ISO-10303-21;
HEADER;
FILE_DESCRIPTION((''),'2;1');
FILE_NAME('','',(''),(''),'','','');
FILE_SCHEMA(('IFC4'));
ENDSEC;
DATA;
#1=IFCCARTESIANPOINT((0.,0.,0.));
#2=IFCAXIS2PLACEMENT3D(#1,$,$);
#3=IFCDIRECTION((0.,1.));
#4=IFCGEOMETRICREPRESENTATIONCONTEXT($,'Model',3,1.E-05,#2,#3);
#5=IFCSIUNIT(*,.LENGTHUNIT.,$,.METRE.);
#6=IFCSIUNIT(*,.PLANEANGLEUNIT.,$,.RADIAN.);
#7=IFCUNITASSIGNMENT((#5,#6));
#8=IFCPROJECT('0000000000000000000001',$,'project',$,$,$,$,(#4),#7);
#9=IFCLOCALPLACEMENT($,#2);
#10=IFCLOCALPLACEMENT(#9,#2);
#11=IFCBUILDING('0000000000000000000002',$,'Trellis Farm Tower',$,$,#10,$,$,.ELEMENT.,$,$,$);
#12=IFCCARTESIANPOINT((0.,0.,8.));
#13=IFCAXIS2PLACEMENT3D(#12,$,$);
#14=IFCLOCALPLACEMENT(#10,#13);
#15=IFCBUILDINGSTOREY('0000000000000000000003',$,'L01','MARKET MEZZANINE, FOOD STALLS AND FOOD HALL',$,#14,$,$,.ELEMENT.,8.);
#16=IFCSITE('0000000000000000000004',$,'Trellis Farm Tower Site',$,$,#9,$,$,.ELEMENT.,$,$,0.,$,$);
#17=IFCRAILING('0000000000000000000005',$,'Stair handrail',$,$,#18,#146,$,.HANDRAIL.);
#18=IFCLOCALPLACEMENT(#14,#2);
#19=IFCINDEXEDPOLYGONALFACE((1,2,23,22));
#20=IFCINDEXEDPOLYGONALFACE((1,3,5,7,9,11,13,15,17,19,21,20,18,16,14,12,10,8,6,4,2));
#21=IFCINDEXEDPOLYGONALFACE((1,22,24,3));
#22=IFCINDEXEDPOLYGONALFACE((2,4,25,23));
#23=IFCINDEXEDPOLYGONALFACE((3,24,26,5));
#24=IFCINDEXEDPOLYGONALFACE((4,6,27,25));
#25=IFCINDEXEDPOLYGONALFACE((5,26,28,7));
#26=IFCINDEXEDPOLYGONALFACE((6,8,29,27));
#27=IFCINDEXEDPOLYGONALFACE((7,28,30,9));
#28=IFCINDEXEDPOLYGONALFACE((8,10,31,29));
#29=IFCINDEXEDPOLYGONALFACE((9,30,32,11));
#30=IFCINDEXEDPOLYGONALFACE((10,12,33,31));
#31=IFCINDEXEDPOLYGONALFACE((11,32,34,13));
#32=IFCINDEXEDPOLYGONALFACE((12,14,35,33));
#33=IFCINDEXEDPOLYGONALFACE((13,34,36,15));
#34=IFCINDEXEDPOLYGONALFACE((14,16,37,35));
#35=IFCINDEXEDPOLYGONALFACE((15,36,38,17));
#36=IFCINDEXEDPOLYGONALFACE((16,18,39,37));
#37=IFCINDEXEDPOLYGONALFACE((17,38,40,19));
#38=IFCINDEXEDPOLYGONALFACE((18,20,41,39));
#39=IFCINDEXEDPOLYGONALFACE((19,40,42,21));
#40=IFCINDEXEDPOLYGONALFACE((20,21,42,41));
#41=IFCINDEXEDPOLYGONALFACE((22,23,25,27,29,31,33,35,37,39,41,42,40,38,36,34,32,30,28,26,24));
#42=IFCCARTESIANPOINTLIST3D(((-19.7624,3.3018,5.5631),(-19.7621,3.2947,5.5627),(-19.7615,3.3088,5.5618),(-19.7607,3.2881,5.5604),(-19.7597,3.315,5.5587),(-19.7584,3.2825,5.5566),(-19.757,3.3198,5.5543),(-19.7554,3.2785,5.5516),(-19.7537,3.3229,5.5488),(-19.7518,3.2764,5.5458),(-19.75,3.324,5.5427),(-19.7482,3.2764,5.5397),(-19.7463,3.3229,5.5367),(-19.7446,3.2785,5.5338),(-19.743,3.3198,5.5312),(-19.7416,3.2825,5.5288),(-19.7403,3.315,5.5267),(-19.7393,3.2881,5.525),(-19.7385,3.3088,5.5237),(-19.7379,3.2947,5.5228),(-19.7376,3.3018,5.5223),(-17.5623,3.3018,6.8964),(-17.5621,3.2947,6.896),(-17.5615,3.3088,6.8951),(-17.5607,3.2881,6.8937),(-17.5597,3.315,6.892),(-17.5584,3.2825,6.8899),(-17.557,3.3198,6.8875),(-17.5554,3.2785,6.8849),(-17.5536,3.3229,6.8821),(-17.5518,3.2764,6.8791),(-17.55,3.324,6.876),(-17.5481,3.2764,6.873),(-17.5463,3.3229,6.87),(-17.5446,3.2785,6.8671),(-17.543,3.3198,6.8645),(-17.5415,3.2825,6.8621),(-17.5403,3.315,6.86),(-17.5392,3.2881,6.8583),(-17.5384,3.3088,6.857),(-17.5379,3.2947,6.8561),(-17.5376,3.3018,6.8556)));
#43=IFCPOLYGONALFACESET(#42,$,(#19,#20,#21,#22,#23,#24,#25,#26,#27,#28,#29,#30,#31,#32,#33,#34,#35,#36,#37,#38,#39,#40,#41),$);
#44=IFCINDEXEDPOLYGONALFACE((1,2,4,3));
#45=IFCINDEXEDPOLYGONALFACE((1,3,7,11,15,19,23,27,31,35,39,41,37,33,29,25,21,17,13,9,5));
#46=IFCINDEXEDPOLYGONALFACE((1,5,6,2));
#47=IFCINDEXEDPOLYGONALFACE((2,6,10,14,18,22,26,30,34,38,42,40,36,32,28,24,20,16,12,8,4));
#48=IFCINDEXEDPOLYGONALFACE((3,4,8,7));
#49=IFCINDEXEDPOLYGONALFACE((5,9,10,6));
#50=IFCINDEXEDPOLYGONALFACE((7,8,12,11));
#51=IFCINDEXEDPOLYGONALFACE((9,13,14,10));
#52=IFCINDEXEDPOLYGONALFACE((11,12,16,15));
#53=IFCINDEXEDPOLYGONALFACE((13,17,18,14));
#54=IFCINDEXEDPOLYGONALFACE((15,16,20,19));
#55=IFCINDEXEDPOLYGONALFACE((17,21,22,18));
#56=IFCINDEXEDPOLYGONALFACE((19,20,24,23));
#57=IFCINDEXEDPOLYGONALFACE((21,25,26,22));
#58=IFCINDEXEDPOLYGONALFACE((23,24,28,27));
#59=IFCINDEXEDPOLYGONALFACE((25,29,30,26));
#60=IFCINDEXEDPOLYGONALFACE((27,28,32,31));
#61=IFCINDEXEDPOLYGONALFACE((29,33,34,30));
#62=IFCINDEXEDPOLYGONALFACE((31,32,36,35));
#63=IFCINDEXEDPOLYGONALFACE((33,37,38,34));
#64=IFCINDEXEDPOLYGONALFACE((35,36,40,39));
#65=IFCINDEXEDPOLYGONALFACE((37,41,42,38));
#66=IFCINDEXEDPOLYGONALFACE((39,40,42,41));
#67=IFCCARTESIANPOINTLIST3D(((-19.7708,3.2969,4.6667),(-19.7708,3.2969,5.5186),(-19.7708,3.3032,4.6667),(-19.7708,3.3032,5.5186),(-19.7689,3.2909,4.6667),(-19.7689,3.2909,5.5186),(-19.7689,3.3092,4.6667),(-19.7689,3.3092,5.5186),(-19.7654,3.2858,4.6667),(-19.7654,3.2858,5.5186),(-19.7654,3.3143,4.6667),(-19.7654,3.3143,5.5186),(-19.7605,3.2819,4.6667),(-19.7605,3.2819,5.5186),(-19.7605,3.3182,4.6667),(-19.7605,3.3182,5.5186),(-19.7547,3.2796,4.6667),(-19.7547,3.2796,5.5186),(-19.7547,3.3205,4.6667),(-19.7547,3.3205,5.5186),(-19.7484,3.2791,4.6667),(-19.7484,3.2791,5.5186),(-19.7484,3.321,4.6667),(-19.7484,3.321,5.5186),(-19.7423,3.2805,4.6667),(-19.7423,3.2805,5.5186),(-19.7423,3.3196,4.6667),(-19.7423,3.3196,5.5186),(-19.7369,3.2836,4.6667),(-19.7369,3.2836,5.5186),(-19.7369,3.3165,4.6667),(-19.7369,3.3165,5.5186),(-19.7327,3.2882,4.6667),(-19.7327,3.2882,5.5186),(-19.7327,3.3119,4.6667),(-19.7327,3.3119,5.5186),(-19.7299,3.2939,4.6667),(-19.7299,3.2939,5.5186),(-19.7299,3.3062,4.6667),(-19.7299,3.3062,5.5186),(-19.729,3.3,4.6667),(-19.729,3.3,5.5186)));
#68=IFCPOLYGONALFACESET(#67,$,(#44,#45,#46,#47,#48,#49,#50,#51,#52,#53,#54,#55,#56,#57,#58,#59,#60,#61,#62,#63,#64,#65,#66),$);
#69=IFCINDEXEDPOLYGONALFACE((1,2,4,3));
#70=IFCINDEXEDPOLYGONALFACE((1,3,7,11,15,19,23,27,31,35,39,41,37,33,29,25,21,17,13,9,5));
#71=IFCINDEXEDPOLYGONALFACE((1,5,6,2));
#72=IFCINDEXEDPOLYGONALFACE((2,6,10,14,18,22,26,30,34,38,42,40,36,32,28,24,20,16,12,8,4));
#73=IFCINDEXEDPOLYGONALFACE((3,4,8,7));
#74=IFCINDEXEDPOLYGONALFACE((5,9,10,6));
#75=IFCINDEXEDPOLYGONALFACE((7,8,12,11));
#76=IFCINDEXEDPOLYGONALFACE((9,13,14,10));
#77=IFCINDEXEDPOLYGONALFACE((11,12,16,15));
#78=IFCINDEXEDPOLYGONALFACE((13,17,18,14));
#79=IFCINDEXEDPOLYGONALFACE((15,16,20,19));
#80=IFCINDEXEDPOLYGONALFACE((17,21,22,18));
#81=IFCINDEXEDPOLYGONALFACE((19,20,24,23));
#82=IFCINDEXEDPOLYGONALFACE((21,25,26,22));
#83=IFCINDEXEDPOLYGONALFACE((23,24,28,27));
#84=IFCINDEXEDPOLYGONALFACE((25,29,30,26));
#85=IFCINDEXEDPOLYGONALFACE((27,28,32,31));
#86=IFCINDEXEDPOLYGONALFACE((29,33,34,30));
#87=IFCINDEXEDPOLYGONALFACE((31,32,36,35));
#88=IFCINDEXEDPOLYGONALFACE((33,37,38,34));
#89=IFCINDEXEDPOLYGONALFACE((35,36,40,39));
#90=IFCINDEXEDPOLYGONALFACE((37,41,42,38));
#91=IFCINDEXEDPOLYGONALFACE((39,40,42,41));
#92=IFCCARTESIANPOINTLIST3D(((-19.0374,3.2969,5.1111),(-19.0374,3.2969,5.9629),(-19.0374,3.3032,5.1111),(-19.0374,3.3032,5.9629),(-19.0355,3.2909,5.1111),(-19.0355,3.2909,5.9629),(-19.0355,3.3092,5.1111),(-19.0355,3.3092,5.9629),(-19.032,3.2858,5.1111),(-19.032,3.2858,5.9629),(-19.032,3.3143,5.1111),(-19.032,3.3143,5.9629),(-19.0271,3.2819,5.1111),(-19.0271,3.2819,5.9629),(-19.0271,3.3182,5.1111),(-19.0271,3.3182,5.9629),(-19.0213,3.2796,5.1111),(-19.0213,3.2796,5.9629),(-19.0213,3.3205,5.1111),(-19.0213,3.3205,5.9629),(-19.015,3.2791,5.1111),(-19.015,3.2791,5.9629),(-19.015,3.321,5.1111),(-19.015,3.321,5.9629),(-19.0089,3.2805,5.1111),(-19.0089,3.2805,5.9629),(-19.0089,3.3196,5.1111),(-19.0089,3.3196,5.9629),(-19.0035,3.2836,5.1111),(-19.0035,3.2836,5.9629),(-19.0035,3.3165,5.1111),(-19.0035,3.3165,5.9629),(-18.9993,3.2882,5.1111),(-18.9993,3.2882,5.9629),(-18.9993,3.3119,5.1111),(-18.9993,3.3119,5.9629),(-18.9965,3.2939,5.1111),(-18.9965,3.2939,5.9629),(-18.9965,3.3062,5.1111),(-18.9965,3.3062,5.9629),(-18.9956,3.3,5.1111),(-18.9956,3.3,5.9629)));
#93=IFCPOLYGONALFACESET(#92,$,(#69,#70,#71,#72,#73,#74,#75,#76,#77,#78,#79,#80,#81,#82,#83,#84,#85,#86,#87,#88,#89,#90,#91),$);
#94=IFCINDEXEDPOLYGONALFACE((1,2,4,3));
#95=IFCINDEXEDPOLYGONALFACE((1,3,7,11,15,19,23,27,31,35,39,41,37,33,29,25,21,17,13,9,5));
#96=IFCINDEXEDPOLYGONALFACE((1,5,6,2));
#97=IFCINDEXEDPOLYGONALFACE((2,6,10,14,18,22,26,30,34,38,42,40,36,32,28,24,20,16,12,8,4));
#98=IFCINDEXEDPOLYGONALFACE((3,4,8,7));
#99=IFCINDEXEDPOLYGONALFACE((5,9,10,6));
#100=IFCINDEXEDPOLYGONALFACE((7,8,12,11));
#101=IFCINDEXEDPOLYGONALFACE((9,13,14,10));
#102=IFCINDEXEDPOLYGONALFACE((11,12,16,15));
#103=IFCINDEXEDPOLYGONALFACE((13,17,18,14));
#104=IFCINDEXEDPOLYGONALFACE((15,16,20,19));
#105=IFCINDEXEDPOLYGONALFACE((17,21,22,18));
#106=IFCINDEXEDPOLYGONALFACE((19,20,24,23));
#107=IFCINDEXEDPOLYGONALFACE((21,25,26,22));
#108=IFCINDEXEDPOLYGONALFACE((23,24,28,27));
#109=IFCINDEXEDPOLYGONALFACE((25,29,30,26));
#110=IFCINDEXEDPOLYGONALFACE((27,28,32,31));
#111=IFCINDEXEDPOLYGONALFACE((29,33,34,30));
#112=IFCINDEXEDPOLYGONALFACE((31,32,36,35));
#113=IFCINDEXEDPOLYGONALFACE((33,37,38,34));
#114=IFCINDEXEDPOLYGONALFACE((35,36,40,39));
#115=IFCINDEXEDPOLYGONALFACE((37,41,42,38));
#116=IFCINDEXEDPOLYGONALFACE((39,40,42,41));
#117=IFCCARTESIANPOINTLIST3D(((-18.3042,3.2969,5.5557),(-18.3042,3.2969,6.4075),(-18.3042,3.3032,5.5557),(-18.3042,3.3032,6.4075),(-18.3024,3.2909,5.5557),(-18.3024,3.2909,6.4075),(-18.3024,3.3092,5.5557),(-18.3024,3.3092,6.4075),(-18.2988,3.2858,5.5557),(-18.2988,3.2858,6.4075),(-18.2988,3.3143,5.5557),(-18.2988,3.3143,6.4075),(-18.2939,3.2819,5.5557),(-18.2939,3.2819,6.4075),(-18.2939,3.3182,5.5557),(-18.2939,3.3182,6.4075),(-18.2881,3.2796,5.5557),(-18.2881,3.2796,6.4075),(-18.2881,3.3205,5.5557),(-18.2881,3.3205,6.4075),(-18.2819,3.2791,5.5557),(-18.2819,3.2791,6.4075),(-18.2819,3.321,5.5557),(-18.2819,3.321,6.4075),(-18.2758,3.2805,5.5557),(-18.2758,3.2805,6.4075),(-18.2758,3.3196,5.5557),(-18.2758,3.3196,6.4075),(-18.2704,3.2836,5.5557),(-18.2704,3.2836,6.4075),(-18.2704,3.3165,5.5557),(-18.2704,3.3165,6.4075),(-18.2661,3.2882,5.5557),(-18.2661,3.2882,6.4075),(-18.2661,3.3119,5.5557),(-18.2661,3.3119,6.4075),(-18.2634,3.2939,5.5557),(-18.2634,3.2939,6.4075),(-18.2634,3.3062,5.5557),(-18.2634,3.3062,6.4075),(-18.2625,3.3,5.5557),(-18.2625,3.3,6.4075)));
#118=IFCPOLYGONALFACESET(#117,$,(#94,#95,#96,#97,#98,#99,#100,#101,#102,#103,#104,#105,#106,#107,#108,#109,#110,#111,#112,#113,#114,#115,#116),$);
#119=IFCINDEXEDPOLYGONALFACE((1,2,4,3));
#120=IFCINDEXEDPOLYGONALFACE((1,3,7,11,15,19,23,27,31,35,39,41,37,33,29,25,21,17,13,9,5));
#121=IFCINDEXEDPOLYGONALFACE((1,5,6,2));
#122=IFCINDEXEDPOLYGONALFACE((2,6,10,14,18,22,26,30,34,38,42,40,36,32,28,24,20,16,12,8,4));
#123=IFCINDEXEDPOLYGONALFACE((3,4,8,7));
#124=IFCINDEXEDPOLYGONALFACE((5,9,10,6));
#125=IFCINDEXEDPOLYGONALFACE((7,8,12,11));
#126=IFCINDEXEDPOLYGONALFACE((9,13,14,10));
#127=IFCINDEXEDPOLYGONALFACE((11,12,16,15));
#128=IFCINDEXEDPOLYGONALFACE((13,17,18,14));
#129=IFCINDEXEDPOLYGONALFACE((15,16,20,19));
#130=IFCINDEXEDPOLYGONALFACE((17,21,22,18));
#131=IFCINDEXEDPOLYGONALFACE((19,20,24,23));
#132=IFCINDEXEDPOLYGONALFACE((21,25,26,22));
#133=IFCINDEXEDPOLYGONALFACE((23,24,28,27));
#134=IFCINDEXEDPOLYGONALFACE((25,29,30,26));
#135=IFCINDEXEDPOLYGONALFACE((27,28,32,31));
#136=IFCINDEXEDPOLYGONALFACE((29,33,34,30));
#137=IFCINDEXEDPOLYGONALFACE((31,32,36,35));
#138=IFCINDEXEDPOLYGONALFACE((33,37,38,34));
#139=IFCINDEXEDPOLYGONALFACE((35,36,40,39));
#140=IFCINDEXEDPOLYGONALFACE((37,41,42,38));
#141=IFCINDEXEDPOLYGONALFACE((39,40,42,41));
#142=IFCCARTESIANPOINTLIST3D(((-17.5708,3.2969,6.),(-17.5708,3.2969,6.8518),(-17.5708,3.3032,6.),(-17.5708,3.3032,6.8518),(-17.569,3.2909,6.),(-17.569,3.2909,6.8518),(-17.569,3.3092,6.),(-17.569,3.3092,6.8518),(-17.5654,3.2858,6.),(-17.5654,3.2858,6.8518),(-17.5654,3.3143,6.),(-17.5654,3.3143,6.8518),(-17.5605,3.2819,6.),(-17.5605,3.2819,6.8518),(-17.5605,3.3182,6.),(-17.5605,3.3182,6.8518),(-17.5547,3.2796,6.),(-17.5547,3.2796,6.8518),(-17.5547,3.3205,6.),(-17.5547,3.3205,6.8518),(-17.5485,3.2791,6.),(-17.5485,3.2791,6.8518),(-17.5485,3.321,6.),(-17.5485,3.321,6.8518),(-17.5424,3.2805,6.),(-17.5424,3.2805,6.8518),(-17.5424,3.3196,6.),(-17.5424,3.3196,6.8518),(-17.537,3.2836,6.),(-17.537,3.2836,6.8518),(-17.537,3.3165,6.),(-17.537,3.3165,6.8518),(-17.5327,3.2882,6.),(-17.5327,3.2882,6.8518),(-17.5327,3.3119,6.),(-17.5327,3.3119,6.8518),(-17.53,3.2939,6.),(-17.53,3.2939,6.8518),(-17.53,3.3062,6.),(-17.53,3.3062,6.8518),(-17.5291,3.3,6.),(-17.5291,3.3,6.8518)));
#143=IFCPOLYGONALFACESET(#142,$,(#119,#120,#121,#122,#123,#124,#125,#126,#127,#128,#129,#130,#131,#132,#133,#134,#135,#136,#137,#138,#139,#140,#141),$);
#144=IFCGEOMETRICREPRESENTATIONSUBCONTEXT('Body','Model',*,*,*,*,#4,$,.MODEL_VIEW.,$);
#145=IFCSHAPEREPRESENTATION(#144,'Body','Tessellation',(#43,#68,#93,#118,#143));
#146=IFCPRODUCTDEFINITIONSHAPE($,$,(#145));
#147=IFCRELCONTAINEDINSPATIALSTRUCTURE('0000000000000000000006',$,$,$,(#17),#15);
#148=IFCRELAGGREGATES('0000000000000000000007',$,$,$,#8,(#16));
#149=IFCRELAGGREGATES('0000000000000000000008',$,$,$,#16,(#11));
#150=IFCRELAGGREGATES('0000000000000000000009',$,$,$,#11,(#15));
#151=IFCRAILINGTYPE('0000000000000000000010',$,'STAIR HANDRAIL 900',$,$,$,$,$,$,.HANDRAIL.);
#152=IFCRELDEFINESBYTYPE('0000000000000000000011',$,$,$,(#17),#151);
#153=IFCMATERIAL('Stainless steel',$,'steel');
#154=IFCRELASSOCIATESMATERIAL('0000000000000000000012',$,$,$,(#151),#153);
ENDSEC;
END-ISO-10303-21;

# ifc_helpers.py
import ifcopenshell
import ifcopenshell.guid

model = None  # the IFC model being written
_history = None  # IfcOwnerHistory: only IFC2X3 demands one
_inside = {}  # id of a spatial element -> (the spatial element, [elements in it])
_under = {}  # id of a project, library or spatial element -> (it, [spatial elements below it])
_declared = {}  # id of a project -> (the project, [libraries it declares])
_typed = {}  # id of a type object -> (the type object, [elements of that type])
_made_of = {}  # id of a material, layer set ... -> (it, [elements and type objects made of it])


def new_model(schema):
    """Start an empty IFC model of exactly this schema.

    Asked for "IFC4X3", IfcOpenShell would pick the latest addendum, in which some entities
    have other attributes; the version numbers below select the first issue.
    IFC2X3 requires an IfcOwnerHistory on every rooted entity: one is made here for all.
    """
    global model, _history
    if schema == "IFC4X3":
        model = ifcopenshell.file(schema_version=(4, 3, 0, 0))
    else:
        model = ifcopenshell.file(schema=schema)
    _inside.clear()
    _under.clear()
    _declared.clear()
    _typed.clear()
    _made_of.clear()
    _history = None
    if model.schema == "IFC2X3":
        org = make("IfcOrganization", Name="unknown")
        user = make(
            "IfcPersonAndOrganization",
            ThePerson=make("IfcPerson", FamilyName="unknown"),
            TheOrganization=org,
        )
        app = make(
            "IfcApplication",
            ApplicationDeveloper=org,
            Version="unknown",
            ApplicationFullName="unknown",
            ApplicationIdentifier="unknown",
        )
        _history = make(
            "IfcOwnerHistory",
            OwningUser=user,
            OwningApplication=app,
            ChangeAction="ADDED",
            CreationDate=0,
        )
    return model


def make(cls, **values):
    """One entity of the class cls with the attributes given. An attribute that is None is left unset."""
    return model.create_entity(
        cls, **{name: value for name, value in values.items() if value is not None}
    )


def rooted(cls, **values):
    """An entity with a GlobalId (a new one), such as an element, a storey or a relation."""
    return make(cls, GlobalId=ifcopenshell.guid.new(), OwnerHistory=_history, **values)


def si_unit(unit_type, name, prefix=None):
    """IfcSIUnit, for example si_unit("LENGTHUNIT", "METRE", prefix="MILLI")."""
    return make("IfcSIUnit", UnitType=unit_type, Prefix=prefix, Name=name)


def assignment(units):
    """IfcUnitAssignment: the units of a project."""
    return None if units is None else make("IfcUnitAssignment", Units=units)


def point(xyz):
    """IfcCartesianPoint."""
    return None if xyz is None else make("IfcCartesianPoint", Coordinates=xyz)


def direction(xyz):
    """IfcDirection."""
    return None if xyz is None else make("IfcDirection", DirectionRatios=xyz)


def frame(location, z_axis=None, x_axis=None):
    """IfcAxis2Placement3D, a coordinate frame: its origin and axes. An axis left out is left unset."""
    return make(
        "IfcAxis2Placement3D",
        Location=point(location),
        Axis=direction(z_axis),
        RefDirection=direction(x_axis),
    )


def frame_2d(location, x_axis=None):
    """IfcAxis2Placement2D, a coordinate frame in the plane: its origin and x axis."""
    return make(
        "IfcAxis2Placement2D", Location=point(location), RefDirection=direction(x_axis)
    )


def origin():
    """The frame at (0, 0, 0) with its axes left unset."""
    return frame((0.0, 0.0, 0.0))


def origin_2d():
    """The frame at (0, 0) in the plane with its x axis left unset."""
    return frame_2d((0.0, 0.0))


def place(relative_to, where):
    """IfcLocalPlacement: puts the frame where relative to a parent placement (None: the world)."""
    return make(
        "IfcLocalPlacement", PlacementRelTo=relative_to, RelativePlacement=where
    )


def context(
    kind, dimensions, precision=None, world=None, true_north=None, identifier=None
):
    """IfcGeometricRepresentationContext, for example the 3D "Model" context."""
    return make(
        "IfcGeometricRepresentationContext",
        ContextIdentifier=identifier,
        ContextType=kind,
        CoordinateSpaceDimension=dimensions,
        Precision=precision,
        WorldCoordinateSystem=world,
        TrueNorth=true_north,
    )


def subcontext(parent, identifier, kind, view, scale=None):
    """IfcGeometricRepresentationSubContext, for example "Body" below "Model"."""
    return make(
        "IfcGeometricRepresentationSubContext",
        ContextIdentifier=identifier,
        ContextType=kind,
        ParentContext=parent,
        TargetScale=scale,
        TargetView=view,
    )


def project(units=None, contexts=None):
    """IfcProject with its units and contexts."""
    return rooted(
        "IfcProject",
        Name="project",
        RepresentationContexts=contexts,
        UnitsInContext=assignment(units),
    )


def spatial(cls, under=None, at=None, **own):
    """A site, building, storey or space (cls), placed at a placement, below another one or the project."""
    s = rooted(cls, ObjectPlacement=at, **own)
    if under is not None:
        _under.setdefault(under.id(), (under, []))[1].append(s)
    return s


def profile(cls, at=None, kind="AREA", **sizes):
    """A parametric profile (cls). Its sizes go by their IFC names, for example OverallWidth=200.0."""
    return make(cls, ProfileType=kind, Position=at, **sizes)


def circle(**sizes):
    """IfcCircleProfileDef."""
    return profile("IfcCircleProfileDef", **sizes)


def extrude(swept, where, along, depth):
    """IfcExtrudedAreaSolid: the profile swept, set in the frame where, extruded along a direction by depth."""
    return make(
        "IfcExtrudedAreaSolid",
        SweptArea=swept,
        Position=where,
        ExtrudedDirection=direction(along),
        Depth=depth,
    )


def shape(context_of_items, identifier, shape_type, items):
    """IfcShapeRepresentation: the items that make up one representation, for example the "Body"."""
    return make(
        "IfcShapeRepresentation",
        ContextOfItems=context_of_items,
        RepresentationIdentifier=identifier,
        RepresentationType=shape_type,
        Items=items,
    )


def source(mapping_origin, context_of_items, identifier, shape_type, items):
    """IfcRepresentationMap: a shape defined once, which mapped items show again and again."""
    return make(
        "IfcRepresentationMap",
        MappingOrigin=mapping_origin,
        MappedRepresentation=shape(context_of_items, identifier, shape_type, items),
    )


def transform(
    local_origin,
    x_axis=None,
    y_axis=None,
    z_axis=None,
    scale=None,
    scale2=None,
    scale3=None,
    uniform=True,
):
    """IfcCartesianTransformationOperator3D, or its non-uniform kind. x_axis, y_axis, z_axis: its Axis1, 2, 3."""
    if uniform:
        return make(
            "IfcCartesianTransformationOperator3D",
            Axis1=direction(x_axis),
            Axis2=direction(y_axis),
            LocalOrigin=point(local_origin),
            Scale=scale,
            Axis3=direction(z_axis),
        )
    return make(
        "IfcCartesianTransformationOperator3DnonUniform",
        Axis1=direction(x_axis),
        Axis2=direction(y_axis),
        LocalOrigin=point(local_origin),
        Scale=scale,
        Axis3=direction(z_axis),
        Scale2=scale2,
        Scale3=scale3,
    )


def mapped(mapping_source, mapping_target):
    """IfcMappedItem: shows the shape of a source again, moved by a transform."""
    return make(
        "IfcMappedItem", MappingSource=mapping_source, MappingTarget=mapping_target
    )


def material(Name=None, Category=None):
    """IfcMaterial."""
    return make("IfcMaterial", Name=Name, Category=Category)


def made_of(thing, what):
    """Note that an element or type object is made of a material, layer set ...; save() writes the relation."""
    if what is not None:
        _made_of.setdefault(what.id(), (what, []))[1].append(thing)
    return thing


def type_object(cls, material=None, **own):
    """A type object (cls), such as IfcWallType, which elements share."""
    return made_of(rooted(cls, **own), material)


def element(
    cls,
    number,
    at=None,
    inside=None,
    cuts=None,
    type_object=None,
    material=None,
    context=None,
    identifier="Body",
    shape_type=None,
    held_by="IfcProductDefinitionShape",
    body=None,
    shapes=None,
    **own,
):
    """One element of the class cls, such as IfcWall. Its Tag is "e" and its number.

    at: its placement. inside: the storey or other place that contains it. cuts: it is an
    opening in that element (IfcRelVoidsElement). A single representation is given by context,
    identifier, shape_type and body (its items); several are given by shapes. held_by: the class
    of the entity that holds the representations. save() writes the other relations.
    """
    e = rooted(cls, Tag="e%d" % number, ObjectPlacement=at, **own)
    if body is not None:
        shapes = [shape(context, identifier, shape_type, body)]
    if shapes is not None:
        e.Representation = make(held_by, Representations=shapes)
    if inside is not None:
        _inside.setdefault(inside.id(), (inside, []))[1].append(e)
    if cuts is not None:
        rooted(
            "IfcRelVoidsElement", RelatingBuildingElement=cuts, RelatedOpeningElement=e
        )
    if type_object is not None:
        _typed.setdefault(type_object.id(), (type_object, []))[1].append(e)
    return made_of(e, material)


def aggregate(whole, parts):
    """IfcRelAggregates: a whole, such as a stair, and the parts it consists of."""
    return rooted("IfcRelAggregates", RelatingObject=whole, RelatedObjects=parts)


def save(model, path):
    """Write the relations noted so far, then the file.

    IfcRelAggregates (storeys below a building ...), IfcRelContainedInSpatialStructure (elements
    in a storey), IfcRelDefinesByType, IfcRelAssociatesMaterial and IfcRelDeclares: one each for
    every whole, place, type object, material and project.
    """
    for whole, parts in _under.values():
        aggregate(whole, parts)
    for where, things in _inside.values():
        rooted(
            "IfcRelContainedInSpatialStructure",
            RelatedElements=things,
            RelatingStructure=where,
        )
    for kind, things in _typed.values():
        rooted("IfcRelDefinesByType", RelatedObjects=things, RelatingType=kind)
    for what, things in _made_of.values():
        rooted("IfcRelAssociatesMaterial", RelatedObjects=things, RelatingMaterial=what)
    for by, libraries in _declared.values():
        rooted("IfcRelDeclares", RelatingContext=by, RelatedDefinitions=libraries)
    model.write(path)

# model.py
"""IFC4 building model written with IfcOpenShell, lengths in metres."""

from ifc_helpers import new_model, si_unit, direction, frame, origin, origin_2d, place, context, subcontext, project, spatial, circle, extrude, source, transform, mapped, material, type_object, element, save


model = new_model("IFC4")

# Units and contexts
model_context = context("Model", 3, precision=1e-05, world=origin(), true_north=direction((0.0, 1.0)))
body_context = subcontext(model_context, "Body", "Model", "MODEL_VIEW")
ifc_project = project(units=[si_unit("LENGTHUNIT", "METRE"), si_unit("PLANEANGLEUNIT", "RADIAN")], contexts=[model_context])

# Site, building, storey
site_placement = place(None, origin())
site = spatial("IfcSite", under=ifc_project, at=site_placement, Name="Trellis Farm Tower Site", CompositionType="ELEMENT", RefElevation=0.0)
building_placement = place(site_placement, origin())
building = spatial("IfcBuilding", under=site, at=building_placement, Name="Trellis Farm Tower", CompositionType="ELEMENT")
storey_placement = place(building_placement, frame((0.0, 0.0, 8.0)))
storey = spatial("IfcBuildingStorey", under=building, at=storey_placement, Name="L01", Description="MARKET MEZZANINE, FOOD STALLS AND FOOD HALL", CompositionType="ELEMENT", Elevation=8.0)

# Railing
ifc_material_1 = material(Name="Stainless steel", Category="steel")
railing_type = type_object("IfcRailingType", Name="STAIR HANDRAIL 900", PredefinedType="HANDRAIL", material=ifc_material_1)
shared_shape_1 = source(origin(), body_context, "Body", "SweptSolid", [
    extrude(circle(Radius=0.0239, at=origin_2d()), frame((0.0, 0.0, 0.876), z_axis=(0.855207, 0.0, 0.518287), x_axis=(0.0, 1.0, 0.0)), (0.0, 0.0, 1.0), 2.5725),
    extrude(circle(Radius=0.021, at=origin_2d()), origin(), (0.0, 0.0, 1.0), 0.8518),
    extrude(circle(Radius=0.021, at=origin_2d()), frame((0.7334, 0.0, 0.4443)), (0.0, 0.0, 1.0), 0.8518),
    extrude(circle(Radius=0.021, at=origin_2d()), frame((1.4666, 0.0, 0.8889)), (0.0, 0.0, 1.0), 0.8518),
    extrude(circle(Radius=0.021, at=origin_2d()), frame((2.2, 0.0, 1.3333)), (0.0, 0.0, 1.0), 0.8518),
])
for number, where, name in (
    (1, (-19.75, 3.3, 4.6667), "Stair handrail"),
):
    element("IfcRailing", number, at=place(storey_placement, frame(where)), inside=storey, type_object=railing_type, Name=name, PredefinedType="HANDRAIL", context=body_context, shape_type="MappedRepresentation", body=[
        mapped(shared_shape_1, transform((0.0, 0.0, 0.0))),
    ])

save(model, "model.ifc")
